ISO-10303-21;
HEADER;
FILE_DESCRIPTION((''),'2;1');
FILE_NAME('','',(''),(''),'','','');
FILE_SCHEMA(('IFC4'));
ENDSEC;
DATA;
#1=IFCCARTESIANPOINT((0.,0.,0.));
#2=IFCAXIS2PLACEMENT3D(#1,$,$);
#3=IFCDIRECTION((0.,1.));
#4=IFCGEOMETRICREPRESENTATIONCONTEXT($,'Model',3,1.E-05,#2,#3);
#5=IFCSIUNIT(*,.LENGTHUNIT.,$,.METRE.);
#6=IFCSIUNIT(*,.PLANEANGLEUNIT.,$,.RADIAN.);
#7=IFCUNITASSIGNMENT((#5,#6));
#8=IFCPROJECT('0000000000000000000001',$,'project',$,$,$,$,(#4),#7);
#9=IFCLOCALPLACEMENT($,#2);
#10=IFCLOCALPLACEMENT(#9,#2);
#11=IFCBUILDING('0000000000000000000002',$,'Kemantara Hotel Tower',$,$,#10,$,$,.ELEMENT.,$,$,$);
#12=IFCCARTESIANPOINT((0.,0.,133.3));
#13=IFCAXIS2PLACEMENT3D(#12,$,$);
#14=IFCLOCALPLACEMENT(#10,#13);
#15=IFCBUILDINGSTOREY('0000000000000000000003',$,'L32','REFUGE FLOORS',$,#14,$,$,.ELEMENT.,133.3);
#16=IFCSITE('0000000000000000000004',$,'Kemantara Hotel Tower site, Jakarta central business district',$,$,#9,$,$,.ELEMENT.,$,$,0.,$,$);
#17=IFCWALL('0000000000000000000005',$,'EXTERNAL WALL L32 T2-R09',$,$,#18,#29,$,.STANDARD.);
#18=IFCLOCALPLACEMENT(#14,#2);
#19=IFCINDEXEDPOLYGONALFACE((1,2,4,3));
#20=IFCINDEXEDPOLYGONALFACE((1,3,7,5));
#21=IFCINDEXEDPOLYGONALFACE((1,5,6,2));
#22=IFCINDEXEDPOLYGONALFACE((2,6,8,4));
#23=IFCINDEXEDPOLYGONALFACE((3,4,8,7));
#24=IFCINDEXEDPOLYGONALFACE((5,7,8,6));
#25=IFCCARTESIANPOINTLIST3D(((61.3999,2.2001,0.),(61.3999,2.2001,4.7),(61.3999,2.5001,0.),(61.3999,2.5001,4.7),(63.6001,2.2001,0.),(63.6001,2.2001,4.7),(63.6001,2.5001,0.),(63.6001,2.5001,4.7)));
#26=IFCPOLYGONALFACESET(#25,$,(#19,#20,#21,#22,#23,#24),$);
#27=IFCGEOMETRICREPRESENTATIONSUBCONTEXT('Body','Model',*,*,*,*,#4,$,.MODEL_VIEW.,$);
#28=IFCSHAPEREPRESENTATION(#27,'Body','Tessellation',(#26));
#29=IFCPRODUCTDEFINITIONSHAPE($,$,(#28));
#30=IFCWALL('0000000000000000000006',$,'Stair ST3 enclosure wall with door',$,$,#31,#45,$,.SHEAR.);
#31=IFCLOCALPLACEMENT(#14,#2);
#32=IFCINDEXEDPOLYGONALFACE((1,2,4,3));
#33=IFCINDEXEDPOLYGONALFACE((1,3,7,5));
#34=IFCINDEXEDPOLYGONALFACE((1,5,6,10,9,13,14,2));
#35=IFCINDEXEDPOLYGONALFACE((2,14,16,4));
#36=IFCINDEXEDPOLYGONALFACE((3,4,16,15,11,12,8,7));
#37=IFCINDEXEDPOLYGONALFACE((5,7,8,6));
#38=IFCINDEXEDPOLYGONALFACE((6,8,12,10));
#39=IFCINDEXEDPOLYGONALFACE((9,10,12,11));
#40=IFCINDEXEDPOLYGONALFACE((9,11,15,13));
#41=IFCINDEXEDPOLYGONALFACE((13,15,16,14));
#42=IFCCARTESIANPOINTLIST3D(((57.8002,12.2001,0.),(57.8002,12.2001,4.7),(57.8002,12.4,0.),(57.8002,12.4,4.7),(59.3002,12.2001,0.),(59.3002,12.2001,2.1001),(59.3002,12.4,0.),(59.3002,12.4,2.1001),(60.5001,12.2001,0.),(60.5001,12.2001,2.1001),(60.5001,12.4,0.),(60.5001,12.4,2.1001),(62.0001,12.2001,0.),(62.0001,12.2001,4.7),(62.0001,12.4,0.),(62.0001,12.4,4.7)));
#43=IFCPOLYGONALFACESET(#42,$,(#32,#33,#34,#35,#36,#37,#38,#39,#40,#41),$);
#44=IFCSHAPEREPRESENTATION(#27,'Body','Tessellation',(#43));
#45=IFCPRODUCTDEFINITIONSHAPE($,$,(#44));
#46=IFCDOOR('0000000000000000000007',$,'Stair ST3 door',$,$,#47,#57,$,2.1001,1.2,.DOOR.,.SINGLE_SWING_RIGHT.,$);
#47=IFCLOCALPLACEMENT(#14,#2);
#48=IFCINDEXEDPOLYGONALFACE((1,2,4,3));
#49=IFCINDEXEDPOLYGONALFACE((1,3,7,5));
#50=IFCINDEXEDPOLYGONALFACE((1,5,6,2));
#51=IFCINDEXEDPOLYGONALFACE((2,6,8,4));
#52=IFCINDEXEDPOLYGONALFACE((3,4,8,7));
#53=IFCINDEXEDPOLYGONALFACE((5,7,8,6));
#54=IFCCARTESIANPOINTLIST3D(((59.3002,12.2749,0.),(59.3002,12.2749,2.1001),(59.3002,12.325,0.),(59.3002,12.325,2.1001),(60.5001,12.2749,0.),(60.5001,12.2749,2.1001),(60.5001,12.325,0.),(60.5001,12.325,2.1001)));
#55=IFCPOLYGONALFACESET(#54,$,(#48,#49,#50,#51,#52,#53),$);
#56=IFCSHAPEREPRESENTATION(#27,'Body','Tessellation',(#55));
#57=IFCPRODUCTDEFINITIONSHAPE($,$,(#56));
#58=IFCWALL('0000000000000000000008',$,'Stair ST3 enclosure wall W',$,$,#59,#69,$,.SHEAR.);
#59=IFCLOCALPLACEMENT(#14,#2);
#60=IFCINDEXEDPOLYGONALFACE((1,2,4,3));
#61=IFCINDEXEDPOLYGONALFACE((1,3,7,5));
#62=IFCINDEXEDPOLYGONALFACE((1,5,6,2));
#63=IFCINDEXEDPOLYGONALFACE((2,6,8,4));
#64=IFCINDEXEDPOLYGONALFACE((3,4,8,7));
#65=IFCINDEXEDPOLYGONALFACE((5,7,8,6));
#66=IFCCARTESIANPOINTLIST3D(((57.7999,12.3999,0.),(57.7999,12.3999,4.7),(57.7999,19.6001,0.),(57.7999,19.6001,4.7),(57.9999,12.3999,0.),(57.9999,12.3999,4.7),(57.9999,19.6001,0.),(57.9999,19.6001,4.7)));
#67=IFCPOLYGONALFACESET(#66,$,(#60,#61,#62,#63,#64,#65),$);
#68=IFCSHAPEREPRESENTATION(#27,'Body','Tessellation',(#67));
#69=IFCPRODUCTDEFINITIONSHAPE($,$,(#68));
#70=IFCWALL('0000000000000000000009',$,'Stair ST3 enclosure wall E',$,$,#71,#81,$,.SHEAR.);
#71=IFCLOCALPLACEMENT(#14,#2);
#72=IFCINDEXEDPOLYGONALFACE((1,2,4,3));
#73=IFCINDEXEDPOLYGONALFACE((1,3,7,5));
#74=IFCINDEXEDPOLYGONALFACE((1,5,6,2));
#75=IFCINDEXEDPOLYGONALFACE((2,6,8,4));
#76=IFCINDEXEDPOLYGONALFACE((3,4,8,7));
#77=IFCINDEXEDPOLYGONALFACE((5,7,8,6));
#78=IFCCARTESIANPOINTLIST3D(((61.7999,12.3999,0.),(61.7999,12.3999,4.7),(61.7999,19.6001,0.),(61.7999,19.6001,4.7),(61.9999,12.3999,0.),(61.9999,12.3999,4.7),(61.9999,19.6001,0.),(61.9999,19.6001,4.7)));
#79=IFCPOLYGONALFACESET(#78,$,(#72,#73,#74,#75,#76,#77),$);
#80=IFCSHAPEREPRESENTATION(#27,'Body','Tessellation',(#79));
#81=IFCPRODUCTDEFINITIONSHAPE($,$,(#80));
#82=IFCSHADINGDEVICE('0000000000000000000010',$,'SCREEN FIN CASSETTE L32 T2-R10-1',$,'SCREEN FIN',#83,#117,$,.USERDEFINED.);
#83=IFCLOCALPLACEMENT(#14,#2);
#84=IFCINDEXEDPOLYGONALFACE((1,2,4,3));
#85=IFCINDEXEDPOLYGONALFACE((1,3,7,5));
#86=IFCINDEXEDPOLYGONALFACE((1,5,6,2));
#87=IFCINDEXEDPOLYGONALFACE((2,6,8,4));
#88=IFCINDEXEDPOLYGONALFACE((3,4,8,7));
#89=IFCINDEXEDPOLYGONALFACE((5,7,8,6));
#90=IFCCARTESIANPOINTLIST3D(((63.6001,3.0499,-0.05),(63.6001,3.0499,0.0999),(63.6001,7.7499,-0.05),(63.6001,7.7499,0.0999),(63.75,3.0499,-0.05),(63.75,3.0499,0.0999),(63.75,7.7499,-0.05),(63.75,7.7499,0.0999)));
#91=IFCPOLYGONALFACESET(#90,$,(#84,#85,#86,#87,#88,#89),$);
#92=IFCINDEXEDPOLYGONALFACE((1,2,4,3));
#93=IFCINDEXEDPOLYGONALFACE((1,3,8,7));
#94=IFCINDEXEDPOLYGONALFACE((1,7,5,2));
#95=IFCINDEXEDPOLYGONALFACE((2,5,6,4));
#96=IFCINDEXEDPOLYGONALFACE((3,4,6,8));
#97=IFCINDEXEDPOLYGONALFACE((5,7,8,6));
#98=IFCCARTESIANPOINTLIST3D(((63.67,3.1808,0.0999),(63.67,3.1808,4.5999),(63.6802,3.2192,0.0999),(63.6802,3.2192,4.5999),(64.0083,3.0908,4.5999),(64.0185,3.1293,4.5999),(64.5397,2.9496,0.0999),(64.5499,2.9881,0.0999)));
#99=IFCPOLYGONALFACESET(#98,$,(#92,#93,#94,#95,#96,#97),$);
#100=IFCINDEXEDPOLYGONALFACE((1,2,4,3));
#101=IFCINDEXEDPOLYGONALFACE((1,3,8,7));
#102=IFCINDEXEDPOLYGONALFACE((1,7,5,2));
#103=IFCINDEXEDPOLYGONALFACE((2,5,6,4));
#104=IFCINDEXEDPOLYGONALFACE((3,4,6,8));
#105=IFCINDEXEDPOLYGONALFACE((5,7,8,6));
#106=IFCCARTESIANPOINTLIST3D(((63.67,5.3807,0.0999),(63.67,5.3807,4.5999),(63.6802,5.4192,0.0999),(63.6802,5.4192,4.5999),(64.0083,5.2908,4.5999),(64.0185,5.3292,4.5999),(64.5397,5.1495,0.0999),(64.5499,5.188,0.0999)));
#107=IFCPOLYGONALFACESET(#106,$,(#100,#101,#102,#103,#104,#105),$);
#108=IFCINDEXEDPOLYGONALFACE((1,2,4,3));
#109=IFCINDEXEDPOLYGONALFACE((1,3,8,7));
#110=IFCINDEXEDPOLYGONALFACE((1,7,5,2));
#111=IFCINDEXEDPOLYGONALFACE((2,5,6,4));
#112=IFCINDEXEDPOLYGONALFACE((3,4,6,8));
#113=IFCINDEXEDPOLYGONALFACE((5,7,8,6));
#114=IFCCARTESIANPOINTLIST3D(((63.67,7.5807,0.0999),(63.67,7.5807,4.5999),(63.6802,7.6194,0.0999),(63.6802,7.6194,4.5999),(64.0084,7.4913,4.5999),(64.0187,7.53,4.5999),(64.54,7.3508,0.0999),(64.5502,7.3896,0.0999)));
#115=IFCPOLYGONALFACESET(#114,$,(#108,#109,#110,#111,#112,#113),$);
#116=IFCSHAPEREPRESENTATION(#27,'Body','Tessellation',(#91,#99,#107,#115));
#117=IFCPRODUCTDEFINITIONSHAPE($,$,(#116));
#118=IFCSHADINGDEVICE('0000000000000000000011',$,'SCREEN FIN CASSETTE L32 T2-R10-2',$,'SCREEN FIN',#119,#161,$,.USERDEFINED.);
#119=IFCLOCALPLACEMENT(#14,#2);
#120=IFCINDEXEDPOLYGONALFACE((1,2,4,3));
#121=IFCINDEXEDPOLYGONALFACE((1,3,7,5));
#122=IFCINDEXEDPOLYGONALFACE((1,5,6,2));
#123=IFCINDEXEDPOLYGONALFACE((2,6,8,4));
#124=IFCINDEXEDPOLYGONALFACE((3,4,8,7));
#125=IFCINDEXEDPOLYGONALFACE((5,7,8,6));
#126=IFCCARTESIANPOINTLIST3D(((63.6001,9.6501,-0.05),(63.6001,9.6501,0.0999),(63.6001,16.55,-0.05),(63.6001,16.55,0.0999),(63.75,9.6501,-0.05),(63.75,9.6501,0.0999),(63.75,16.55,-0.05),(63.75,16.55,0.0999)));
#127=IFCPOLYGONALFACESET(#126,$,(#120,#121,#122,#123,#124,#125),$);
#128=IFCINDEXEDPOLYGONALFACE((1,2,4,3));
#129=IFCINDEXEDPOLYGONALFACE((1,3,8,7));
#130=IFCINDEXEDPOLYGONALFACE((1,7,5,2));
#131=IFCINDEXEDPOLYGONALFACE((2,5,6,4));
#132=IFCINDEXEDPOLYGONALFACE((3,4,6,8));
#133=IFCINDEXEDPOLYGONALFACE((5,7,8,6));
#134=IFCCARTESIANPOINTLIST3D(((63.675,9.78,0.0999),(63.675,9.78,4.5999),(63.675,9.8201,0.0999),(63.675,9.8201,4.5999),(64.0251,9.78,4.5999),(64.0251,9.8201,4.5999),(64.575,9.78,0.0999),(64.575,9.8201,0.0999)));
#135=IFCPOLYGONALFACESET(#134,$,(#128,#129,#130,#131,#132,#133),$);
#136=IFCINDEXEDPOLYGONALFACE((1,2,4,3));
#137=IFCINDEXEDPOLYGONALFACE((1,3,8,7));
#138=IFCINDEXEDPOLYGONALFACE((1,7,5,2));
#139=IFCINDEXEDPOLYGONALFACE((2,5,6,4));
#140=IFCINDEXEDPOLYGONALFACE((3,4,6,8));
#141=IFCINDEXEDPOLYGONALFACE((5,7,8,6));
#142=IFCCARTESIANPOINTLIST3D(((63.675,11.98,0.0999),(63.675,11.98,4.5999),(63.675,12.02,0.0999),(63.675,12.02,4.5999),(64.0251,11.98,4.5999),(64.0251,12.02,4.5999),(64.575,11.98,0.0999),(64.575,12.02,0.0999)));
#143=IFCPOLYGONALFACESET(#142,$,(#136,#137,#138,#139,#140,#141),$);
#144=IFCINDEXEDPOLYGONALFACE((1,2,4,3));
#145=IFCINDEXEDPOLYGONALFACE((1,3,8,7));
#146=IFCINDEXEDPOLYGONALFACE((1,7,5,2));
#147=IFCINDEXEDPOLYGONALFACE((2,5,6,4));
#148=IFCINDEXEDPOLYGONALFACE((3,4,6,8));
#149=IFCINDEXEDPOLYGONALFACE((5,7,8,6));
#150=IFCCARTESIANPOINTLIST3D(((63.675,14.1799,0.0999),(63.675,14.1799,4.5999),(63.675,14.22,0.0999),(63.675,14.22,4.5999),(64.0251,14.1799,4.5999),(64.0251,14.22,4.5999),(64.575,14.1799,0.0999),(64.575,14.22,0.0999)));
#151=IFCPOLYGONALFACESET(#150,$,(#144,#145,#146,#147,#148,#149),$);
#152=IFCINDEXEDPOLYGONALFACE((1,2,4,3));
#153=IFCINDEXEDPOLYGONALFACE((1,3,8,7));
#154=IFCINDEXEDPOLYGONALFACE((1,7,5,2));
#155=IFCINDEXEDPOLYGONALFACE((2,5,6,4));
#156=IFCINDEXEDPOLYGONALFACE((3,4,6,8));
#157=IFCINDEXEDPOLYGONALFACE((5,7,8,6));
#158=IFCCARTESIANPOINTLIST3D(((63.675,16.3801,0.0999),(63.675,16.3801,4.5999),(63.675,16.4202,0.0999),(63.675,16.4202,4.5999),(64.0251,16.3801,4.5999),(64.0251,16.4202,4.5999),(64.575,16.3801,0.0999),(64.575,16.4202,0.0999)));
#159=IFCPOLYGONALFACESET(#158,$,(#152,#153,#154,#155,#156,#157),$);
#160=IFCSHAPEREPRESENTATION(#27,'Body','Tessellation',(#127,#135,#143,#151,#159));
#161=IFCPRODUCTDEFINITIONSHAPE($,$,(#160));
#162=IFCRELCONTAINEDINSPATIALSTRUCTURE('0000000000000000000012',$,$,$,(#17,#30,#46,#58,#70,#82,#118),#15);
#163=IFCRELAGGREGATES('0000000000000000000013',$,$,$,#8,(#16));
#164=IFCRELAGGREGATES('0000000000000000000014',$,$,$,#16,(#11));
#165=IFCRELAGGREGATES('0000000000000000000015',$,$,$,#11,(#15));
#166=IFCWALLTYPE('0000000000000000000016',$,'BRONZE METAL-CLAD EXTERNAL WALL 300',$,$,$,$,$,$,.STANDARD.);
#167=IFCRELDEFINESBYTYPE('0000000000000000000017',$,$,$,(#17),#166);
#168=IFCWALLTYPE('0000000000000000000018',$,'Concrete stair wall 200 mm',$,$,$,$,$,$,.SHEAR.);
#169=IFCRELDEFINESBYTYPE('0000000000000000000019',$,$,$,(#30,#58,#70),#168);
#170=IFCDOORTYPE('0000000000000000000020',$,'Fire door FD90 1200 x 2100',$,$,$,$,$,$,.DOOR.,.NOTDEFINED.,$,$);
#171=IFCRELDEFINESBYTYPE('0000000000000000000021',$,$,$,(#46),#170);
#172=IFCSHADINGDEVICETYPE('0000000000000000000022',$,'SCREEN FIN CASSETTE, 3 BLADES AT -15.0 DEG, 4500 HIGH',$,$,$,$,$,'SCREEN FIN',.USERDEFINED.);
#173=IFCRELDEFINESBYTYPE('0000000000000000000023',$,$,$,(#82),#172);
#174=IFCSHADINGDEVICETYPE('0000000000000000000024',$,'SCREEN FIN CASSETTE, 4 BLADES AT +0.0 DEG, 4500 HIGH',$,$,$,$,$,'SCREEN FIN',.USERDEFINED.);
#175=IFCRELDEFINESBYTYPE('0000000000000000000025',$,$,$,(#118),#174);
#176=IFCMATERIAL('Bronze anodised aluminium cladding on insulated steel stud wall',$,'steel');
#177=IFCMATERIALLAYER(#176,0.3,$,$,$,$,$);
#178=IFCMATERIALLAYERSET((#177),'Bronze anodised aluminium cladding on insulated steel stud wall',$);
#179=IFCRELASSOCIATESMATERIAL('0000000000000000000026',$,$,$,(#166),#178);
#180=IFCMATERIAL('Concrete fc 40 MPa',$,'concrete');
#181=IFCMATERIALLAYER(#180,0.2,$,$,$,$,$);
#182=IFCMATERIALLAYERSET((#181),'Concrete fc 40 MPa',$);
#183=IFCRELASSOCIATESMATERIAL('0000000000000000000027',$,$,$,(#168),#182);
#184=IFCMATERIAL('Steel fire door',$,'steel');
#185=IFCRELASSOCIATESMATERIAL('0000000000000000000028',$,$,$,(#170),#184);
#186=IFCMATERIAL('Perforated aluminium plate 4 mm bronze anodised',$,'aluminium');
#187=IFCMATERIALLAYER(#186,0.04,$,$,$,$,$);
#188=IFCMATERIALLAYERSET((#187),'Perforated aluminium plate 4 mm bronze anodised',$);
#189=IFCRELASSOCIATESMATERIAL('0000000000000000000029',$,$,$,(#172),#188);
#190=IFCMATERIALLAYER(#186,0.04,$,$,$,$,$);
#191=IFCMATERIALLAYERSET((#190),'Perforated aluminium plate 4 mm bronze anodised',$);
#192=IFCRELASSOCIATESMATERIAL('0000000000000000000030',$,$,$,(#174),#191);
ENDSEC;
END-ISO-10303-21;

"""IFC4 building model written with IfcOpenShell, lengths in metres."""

from ifc_helpers import new_model, si_unit, direction, frame, frame_2d, origin, origin_2d, place, context, subcontext, project, spatial, polyline, rectangle, outline, extrude, source, transform, mapped, material, layer, layer_set, type_object, element, fill, save


model = new_model("IFC4")

# Units and contexts
model_context = context("Model", 3, precision=1e-05, world=origin(), true_north=direction((0.0, 1.0)))
body_context = subcontext(model_context, "Body", "Model", "MODEL_VIEW")
ifc_project = project(units=[si_unit("LENGTHUNIT", "METRE"), si_unit("PLANEANGLEUNIT", "RADIAN")], contexts=[model_context])

# Site, building, storey
site_placement = place(None, origin())
site = spatial("IfcSite", under=ifc_project, at=site_placement, Name="Kemantara Hotel Tower site, Jakarta central business district", CompositionType="ELEMENT", RefElevation=0.0)
building_placement = place(site_placement, origin())
building = spatial("IfcBuilding", under=site, at=building_placement, Name="Kemantara Hotel Tower", CompositionType="ELEMENT")
storey_placement = place(building_placement, frame((0.0, 0.0, 133.3)))
storey = spatial("IfcBuildingStorey", under=building, at=storey_placement, Name="L32", Description="REFUGE FLOORS", CompositionType="ELEMENT", Elevation=133.3)

# Wall
ifc_material_1 = material(Name="Bronze anodised aluminium cladding on insulated steel stud wall", Category="steel")
ifc_layer_1 = layer(ifc_material_1, 0.3)
ifc_layer_set_1 = layer_set([ifc_layer_1], Name="Bronze anodised aluminium cladding on insulated steel stud wall")
wall_type_1 = type_object("IfcWallType", Name="BRONZE METAL-CLAD EXTERNAL WALL 300", PredefinedType="STANDARD", material=ifc_layer_set_1)
wall_1_placement = place(storey_placement, frame((61.3999, 2.3501, 0.0), z_axis=(0.0, 0.0, 1.0), x_axis=(1.0, 0.0, 0.0)))
element("IfcWall", 1, at=wall_1_placement, inside=storey, type_object=wall_type_1, Name="EXTERNAL WALL L32 T2-R09", PredefinedType="STANDARD", context=body_context, shape_type="SweptSolid", body=[
    extrude(rectangle(XDim=2.2002, YDim=0.3, at=frame_2d((1.1001, 0.0))), origin(), (0.0, 0.0, 1.0), 4.7),
])

# Wall, opening, door
ifc_material_2 = material(Name="Concrete fc 40 MPa", Category="concrete")
ifc_layer_2 = layer(ifc_material_2, 0.2)
ifc_layer_set_2 = layer_set([ifc_layer_2], Name="Concrete fc 40 MPa")
wall_type_2 = type_object("IfcWallType", Name="Concrete stair wall 200 mm", PredefinedType="SHEAR", material=ifc_layer_set_2)
wall_2_placement = place(storey_placement, frame((57.8, 12.3, 0.0), z_axis=(0.0, 0.0, 1.0), x_axis=(1.0, 0.0, 0.0)))
wall_2 = element("IfcWall", 2, at=wall_2_placement, inside=storey, type_object=wall_type_2, Name="Stair ST3 enclosure wall with door", PredefinedType="SHEAR", context=body_context, shape_type="SweptSolid", body=[
    extrude(rectangle(XDim=4.2, YDim=0.2, at=frame_2d((2.1001, 0.0))), origin(), (0.0, 0.0, 1.0), 4.7),
])
opening_placement = place(wall_2_placement, frame((1.5, 0.0, 0.0)))
opening = element("IfcOpeningElement", 3, at=opening_placement, cuts=wall_2, PredefinedType="OPENING", context=body_context, shape_type="SweptSolid", body=[
    extrude(rectangle(XDim=1.2, YDim=2.1001, at=frame_2d((0.6001, 1.05))), frame((0.0, 0.1099, 0.0), z_axis=(0.0, -1.0, 0.0), x_axis=(1.0, 0.0, 0.0)), (0.0, 0.0, 1.0), 0.22),
])
ifc_material_3 = material(Name="Steel fire door", Category="steel")
door_type = type_object("IfcDoorType", Name="Fire door FD90 1200 x 2100", OperationType="NOTDEFINED", PredefinedType="DOOR", material=ifc_material_3)
door_placement = place(opening_placement, origin())
door = element("IfcDoor", 4, at=door_placement, inside=storey, type_object=door_type, Name="Stair ST3 door", OperationType="SINGLE_SWING_RIGHT", OverallHeight=2.1001, OverallWidth=1.2, PredefinedType="DOOR", context=body_context, shape_type="SweptSolid", body=[
    extrude(rectangle(XDim=1.2, YDim=2.1001, at=frame_2d((0.6001, 1.05))), frame((0.0, 0.0249, 0.0), z_axis=(0.0, -1.0, 0.0), x_axis=(1.0, 0.0, 0.0)), (0.0, 0.0, 1.0), 0.05),
])
fill(opening, door)

# Walls
for number, where, z_axis, x_axis, name in (
    (5, (57.8999, 12.3999, 0.0), (0.0, 0.0, 1.0), (0.0, 1.0, 0.0), "Stair ST3 enclosure wall W"),
    (6, (61.8999, 12.3999, 0.0), (0.0, 0.0, 1.0), (0.0, 1.0, 0.0), "Stair ST3 enclosure wall E"),
):
    element("IfcWall", number, at=place(storey_placement, frame(where, z_axis=z_axis, x_axis=x_axis)), inside=storey, type_object=wall_type_2, Name=name, PredefinedType="SHEAR", context=body_context, shape_type="SweptSolid", body=[
        extrude(rectangle(XDim=7.2002, YDim=0.2, at=frame_2d((3.6001, 0.0))), origin(), (0.0, 0.0, 1.0), 4.7),
    ])

# Shading devices
ifc_material_4 = material(Name="Perforated aluminium plate 4 mm bronze anodised", Category="aluminium")
ifc_layer_3 = layer(ifc_material_4, 0.04)
ifc_layer_set_3 = layer_set([ifc_layer_3], Name="Perforated aluminium plate 4 mm bronze anodised")
shading_device_type_1 = type_object("IfcShadingDeviceType", Name="SCREEN FIN CASSETTE, 3 BLADES AT -15.0 DEG, 4500 HIGH", ElementType="SCREEN FIN", PredefinedType="USERDEFINED", material=ifc_layer_set_3)
shared_shape_1 = source(origin(), body_context, "Body", "SweptSolid", [
    extrude(rectangle(XDim=4.7, YDim=0.1499, at=origin_2d()), frame((2.2, -0.075, -0.1499), z_axis=(0.0, 0.0, 1.0), x_axis=(1.0, 0.0, 0.0)), (0.0, 0.0, 1.0), 0.1499),
    extrude(outline(polyline([(0.0, 0.0), (0.8999, 0.0), (0.3501, 4.5), (0.0, 4.5), (0.0, 0.0)])), frame((0.0193, -0.0801, 0.0), z_axis=(-0.966438, 0.256901, 0.0), x_axis=(-0.256901, -0.966438, 0.0)), (0.0, 0.0, 1.0), 0.0398),
    extrude(outline(polyline([(0.0, 0.0), (0.8999, 0.0), (0.3501, 4.5), (0.0, 4.5), (0.0, 0.0)])), frame((2.2192, -0.0801, 0.0), z_axis=(-0.966438, 0.256901, 0.0), x_axis=(-0.256901, -0.966438, 0.0)), (0.0, 0.0, 1.0), 0.0398),
    extrude(outline(polyline([(0.0, 0.0), (0.8999, 0.0), (0.3501, 4.5), (0.0, 4.5), (0.0, 0.0)])), frame((4.4194, -0.0801, 0.0), z_axis=(-0.966838, 0.255391, 0.0), x_axis=(-0.255391, -0.966838, 0.0)), (0.0, 0.0, 1.0), 0.04),
])
shading_device_1_placement = place(storey_placement, frame((63.6001, 3.2, 0.0999), z_axis=(0.0, 0.0, 1.0), x_axis=(0.0, 1.0, 0.0)))
element("IfcShadingDevice", 7, at=shading_device_1_placement, inside=storey, type_object=shading_device_type_1, Name="SCREEN FIN CASSETTE L32 T2-R10-1", ObjectType="SCREEN FIN", PredefinedType="USERDEFINED", context=body_context, shape_type="MappedRepresentation", body=[
    mapped(shared_shape_1, transform((0.0, 0.0, 0.0))),
])
ifc_layer_4 = layer(ifc_material_4, 0.04)
ifc_layer_set_4 = layer_set([ifc_layer_4], Name="Perforated aluminium plate 4 mm bronze anodised")
shading_device_type_2 = type_object("IfcShadingDeviceType", Name="SCREEN FIN CASSETTE, 4 BLADES AT +0.0 DEG, 4500 HIGH", ElementType="SCREEN FIN", PredefinedType="USERDEFINED", material=ifc_layer_set_4)
shared_shape_2 = source(origin(), body_context, "Body", "SweptSolid", [
    extrude(rectangle(XDim=6.8999, YDim=0.1499, at=origin_2d()), frame((3.3, -0.075, -0.1499), z_axis=(0.0, 0.0, 1.0), x_axis=(1.0, 0.0, 0.0)), (0.0, 0.0, 1.0), 0.1499),
    extrude(outline(polyline([(0.0, 0.0), (0.8999, 0.0), (0.3501, 4.5), (0.0, 4.5), (0.0, 0.0)])), frame((0.02, -0.075, 0.0), z_axis=(-1.0, 0.0, 0.0), x_axis=(0.0, -1.0, 0.0)), (0.0, 0.0, 1.0), 0.04),
    extrude(outline(polyline([(0.0, 0.0), (0.8999, 0.0), (0.3501, 4.5), (0.0, 4.5), (0.0, 0.0)])), frame((2.22, -0.075, 0.0), z_axis=(-1.0, 0.0, 0.0), x_axis=(0.0, -1.0, 0.0)), (0.0, 0.0, 1.0), 0.04),
    extrude(outline(polyline([(0.0, 0.0), (0.8999, 0.0), (0.3501, 4.5), (0.0, 4.5), (0.0, 0.0)])), frame((4.4199, -0.075, 0.0), z_axis=(-1.0, 0.0, 0.0), x_axis=(0.0, -1.0, 0.0)), (0.0, 0.0, 1.0), 0.04),
    extrude(outline(polyline([(0.0, 0.0), (0.8999, 0.0), (0.3501, 4.5), (0.0, 4.5), (0.0, 0.0)])), frame((6.6201, -0.075, 0.0), z_axis=(-1.0, 0.0, 0.0), x_axis=(0.0, -1.0, 0.0)), (0.0, 0.0, 1.0), 0.04),
])
shading_device_2_placement = place(storey_placement, frame((63.6001, 9.8, 0.0999), z_axis=(0.0, 0.0, 1.0), x_axis=(0.0, 1.0, 0.0)))
element("IfcShadingDevice", 8, at=shading_device_2_placement, inside=storey, type_object=shading_device_type_2, Name="SCREEN FIN CASSETTE L32 T2-R10-2", ObjectType="SCREEN FIN", PredefinedType="USERDEFINED", context=body_context, shape_type="MappedRepresentation", body=[
    mapped(shared_shape_2, transform((0.0, 0.0, 0.0))),
])

save(model, "model.ifc")
